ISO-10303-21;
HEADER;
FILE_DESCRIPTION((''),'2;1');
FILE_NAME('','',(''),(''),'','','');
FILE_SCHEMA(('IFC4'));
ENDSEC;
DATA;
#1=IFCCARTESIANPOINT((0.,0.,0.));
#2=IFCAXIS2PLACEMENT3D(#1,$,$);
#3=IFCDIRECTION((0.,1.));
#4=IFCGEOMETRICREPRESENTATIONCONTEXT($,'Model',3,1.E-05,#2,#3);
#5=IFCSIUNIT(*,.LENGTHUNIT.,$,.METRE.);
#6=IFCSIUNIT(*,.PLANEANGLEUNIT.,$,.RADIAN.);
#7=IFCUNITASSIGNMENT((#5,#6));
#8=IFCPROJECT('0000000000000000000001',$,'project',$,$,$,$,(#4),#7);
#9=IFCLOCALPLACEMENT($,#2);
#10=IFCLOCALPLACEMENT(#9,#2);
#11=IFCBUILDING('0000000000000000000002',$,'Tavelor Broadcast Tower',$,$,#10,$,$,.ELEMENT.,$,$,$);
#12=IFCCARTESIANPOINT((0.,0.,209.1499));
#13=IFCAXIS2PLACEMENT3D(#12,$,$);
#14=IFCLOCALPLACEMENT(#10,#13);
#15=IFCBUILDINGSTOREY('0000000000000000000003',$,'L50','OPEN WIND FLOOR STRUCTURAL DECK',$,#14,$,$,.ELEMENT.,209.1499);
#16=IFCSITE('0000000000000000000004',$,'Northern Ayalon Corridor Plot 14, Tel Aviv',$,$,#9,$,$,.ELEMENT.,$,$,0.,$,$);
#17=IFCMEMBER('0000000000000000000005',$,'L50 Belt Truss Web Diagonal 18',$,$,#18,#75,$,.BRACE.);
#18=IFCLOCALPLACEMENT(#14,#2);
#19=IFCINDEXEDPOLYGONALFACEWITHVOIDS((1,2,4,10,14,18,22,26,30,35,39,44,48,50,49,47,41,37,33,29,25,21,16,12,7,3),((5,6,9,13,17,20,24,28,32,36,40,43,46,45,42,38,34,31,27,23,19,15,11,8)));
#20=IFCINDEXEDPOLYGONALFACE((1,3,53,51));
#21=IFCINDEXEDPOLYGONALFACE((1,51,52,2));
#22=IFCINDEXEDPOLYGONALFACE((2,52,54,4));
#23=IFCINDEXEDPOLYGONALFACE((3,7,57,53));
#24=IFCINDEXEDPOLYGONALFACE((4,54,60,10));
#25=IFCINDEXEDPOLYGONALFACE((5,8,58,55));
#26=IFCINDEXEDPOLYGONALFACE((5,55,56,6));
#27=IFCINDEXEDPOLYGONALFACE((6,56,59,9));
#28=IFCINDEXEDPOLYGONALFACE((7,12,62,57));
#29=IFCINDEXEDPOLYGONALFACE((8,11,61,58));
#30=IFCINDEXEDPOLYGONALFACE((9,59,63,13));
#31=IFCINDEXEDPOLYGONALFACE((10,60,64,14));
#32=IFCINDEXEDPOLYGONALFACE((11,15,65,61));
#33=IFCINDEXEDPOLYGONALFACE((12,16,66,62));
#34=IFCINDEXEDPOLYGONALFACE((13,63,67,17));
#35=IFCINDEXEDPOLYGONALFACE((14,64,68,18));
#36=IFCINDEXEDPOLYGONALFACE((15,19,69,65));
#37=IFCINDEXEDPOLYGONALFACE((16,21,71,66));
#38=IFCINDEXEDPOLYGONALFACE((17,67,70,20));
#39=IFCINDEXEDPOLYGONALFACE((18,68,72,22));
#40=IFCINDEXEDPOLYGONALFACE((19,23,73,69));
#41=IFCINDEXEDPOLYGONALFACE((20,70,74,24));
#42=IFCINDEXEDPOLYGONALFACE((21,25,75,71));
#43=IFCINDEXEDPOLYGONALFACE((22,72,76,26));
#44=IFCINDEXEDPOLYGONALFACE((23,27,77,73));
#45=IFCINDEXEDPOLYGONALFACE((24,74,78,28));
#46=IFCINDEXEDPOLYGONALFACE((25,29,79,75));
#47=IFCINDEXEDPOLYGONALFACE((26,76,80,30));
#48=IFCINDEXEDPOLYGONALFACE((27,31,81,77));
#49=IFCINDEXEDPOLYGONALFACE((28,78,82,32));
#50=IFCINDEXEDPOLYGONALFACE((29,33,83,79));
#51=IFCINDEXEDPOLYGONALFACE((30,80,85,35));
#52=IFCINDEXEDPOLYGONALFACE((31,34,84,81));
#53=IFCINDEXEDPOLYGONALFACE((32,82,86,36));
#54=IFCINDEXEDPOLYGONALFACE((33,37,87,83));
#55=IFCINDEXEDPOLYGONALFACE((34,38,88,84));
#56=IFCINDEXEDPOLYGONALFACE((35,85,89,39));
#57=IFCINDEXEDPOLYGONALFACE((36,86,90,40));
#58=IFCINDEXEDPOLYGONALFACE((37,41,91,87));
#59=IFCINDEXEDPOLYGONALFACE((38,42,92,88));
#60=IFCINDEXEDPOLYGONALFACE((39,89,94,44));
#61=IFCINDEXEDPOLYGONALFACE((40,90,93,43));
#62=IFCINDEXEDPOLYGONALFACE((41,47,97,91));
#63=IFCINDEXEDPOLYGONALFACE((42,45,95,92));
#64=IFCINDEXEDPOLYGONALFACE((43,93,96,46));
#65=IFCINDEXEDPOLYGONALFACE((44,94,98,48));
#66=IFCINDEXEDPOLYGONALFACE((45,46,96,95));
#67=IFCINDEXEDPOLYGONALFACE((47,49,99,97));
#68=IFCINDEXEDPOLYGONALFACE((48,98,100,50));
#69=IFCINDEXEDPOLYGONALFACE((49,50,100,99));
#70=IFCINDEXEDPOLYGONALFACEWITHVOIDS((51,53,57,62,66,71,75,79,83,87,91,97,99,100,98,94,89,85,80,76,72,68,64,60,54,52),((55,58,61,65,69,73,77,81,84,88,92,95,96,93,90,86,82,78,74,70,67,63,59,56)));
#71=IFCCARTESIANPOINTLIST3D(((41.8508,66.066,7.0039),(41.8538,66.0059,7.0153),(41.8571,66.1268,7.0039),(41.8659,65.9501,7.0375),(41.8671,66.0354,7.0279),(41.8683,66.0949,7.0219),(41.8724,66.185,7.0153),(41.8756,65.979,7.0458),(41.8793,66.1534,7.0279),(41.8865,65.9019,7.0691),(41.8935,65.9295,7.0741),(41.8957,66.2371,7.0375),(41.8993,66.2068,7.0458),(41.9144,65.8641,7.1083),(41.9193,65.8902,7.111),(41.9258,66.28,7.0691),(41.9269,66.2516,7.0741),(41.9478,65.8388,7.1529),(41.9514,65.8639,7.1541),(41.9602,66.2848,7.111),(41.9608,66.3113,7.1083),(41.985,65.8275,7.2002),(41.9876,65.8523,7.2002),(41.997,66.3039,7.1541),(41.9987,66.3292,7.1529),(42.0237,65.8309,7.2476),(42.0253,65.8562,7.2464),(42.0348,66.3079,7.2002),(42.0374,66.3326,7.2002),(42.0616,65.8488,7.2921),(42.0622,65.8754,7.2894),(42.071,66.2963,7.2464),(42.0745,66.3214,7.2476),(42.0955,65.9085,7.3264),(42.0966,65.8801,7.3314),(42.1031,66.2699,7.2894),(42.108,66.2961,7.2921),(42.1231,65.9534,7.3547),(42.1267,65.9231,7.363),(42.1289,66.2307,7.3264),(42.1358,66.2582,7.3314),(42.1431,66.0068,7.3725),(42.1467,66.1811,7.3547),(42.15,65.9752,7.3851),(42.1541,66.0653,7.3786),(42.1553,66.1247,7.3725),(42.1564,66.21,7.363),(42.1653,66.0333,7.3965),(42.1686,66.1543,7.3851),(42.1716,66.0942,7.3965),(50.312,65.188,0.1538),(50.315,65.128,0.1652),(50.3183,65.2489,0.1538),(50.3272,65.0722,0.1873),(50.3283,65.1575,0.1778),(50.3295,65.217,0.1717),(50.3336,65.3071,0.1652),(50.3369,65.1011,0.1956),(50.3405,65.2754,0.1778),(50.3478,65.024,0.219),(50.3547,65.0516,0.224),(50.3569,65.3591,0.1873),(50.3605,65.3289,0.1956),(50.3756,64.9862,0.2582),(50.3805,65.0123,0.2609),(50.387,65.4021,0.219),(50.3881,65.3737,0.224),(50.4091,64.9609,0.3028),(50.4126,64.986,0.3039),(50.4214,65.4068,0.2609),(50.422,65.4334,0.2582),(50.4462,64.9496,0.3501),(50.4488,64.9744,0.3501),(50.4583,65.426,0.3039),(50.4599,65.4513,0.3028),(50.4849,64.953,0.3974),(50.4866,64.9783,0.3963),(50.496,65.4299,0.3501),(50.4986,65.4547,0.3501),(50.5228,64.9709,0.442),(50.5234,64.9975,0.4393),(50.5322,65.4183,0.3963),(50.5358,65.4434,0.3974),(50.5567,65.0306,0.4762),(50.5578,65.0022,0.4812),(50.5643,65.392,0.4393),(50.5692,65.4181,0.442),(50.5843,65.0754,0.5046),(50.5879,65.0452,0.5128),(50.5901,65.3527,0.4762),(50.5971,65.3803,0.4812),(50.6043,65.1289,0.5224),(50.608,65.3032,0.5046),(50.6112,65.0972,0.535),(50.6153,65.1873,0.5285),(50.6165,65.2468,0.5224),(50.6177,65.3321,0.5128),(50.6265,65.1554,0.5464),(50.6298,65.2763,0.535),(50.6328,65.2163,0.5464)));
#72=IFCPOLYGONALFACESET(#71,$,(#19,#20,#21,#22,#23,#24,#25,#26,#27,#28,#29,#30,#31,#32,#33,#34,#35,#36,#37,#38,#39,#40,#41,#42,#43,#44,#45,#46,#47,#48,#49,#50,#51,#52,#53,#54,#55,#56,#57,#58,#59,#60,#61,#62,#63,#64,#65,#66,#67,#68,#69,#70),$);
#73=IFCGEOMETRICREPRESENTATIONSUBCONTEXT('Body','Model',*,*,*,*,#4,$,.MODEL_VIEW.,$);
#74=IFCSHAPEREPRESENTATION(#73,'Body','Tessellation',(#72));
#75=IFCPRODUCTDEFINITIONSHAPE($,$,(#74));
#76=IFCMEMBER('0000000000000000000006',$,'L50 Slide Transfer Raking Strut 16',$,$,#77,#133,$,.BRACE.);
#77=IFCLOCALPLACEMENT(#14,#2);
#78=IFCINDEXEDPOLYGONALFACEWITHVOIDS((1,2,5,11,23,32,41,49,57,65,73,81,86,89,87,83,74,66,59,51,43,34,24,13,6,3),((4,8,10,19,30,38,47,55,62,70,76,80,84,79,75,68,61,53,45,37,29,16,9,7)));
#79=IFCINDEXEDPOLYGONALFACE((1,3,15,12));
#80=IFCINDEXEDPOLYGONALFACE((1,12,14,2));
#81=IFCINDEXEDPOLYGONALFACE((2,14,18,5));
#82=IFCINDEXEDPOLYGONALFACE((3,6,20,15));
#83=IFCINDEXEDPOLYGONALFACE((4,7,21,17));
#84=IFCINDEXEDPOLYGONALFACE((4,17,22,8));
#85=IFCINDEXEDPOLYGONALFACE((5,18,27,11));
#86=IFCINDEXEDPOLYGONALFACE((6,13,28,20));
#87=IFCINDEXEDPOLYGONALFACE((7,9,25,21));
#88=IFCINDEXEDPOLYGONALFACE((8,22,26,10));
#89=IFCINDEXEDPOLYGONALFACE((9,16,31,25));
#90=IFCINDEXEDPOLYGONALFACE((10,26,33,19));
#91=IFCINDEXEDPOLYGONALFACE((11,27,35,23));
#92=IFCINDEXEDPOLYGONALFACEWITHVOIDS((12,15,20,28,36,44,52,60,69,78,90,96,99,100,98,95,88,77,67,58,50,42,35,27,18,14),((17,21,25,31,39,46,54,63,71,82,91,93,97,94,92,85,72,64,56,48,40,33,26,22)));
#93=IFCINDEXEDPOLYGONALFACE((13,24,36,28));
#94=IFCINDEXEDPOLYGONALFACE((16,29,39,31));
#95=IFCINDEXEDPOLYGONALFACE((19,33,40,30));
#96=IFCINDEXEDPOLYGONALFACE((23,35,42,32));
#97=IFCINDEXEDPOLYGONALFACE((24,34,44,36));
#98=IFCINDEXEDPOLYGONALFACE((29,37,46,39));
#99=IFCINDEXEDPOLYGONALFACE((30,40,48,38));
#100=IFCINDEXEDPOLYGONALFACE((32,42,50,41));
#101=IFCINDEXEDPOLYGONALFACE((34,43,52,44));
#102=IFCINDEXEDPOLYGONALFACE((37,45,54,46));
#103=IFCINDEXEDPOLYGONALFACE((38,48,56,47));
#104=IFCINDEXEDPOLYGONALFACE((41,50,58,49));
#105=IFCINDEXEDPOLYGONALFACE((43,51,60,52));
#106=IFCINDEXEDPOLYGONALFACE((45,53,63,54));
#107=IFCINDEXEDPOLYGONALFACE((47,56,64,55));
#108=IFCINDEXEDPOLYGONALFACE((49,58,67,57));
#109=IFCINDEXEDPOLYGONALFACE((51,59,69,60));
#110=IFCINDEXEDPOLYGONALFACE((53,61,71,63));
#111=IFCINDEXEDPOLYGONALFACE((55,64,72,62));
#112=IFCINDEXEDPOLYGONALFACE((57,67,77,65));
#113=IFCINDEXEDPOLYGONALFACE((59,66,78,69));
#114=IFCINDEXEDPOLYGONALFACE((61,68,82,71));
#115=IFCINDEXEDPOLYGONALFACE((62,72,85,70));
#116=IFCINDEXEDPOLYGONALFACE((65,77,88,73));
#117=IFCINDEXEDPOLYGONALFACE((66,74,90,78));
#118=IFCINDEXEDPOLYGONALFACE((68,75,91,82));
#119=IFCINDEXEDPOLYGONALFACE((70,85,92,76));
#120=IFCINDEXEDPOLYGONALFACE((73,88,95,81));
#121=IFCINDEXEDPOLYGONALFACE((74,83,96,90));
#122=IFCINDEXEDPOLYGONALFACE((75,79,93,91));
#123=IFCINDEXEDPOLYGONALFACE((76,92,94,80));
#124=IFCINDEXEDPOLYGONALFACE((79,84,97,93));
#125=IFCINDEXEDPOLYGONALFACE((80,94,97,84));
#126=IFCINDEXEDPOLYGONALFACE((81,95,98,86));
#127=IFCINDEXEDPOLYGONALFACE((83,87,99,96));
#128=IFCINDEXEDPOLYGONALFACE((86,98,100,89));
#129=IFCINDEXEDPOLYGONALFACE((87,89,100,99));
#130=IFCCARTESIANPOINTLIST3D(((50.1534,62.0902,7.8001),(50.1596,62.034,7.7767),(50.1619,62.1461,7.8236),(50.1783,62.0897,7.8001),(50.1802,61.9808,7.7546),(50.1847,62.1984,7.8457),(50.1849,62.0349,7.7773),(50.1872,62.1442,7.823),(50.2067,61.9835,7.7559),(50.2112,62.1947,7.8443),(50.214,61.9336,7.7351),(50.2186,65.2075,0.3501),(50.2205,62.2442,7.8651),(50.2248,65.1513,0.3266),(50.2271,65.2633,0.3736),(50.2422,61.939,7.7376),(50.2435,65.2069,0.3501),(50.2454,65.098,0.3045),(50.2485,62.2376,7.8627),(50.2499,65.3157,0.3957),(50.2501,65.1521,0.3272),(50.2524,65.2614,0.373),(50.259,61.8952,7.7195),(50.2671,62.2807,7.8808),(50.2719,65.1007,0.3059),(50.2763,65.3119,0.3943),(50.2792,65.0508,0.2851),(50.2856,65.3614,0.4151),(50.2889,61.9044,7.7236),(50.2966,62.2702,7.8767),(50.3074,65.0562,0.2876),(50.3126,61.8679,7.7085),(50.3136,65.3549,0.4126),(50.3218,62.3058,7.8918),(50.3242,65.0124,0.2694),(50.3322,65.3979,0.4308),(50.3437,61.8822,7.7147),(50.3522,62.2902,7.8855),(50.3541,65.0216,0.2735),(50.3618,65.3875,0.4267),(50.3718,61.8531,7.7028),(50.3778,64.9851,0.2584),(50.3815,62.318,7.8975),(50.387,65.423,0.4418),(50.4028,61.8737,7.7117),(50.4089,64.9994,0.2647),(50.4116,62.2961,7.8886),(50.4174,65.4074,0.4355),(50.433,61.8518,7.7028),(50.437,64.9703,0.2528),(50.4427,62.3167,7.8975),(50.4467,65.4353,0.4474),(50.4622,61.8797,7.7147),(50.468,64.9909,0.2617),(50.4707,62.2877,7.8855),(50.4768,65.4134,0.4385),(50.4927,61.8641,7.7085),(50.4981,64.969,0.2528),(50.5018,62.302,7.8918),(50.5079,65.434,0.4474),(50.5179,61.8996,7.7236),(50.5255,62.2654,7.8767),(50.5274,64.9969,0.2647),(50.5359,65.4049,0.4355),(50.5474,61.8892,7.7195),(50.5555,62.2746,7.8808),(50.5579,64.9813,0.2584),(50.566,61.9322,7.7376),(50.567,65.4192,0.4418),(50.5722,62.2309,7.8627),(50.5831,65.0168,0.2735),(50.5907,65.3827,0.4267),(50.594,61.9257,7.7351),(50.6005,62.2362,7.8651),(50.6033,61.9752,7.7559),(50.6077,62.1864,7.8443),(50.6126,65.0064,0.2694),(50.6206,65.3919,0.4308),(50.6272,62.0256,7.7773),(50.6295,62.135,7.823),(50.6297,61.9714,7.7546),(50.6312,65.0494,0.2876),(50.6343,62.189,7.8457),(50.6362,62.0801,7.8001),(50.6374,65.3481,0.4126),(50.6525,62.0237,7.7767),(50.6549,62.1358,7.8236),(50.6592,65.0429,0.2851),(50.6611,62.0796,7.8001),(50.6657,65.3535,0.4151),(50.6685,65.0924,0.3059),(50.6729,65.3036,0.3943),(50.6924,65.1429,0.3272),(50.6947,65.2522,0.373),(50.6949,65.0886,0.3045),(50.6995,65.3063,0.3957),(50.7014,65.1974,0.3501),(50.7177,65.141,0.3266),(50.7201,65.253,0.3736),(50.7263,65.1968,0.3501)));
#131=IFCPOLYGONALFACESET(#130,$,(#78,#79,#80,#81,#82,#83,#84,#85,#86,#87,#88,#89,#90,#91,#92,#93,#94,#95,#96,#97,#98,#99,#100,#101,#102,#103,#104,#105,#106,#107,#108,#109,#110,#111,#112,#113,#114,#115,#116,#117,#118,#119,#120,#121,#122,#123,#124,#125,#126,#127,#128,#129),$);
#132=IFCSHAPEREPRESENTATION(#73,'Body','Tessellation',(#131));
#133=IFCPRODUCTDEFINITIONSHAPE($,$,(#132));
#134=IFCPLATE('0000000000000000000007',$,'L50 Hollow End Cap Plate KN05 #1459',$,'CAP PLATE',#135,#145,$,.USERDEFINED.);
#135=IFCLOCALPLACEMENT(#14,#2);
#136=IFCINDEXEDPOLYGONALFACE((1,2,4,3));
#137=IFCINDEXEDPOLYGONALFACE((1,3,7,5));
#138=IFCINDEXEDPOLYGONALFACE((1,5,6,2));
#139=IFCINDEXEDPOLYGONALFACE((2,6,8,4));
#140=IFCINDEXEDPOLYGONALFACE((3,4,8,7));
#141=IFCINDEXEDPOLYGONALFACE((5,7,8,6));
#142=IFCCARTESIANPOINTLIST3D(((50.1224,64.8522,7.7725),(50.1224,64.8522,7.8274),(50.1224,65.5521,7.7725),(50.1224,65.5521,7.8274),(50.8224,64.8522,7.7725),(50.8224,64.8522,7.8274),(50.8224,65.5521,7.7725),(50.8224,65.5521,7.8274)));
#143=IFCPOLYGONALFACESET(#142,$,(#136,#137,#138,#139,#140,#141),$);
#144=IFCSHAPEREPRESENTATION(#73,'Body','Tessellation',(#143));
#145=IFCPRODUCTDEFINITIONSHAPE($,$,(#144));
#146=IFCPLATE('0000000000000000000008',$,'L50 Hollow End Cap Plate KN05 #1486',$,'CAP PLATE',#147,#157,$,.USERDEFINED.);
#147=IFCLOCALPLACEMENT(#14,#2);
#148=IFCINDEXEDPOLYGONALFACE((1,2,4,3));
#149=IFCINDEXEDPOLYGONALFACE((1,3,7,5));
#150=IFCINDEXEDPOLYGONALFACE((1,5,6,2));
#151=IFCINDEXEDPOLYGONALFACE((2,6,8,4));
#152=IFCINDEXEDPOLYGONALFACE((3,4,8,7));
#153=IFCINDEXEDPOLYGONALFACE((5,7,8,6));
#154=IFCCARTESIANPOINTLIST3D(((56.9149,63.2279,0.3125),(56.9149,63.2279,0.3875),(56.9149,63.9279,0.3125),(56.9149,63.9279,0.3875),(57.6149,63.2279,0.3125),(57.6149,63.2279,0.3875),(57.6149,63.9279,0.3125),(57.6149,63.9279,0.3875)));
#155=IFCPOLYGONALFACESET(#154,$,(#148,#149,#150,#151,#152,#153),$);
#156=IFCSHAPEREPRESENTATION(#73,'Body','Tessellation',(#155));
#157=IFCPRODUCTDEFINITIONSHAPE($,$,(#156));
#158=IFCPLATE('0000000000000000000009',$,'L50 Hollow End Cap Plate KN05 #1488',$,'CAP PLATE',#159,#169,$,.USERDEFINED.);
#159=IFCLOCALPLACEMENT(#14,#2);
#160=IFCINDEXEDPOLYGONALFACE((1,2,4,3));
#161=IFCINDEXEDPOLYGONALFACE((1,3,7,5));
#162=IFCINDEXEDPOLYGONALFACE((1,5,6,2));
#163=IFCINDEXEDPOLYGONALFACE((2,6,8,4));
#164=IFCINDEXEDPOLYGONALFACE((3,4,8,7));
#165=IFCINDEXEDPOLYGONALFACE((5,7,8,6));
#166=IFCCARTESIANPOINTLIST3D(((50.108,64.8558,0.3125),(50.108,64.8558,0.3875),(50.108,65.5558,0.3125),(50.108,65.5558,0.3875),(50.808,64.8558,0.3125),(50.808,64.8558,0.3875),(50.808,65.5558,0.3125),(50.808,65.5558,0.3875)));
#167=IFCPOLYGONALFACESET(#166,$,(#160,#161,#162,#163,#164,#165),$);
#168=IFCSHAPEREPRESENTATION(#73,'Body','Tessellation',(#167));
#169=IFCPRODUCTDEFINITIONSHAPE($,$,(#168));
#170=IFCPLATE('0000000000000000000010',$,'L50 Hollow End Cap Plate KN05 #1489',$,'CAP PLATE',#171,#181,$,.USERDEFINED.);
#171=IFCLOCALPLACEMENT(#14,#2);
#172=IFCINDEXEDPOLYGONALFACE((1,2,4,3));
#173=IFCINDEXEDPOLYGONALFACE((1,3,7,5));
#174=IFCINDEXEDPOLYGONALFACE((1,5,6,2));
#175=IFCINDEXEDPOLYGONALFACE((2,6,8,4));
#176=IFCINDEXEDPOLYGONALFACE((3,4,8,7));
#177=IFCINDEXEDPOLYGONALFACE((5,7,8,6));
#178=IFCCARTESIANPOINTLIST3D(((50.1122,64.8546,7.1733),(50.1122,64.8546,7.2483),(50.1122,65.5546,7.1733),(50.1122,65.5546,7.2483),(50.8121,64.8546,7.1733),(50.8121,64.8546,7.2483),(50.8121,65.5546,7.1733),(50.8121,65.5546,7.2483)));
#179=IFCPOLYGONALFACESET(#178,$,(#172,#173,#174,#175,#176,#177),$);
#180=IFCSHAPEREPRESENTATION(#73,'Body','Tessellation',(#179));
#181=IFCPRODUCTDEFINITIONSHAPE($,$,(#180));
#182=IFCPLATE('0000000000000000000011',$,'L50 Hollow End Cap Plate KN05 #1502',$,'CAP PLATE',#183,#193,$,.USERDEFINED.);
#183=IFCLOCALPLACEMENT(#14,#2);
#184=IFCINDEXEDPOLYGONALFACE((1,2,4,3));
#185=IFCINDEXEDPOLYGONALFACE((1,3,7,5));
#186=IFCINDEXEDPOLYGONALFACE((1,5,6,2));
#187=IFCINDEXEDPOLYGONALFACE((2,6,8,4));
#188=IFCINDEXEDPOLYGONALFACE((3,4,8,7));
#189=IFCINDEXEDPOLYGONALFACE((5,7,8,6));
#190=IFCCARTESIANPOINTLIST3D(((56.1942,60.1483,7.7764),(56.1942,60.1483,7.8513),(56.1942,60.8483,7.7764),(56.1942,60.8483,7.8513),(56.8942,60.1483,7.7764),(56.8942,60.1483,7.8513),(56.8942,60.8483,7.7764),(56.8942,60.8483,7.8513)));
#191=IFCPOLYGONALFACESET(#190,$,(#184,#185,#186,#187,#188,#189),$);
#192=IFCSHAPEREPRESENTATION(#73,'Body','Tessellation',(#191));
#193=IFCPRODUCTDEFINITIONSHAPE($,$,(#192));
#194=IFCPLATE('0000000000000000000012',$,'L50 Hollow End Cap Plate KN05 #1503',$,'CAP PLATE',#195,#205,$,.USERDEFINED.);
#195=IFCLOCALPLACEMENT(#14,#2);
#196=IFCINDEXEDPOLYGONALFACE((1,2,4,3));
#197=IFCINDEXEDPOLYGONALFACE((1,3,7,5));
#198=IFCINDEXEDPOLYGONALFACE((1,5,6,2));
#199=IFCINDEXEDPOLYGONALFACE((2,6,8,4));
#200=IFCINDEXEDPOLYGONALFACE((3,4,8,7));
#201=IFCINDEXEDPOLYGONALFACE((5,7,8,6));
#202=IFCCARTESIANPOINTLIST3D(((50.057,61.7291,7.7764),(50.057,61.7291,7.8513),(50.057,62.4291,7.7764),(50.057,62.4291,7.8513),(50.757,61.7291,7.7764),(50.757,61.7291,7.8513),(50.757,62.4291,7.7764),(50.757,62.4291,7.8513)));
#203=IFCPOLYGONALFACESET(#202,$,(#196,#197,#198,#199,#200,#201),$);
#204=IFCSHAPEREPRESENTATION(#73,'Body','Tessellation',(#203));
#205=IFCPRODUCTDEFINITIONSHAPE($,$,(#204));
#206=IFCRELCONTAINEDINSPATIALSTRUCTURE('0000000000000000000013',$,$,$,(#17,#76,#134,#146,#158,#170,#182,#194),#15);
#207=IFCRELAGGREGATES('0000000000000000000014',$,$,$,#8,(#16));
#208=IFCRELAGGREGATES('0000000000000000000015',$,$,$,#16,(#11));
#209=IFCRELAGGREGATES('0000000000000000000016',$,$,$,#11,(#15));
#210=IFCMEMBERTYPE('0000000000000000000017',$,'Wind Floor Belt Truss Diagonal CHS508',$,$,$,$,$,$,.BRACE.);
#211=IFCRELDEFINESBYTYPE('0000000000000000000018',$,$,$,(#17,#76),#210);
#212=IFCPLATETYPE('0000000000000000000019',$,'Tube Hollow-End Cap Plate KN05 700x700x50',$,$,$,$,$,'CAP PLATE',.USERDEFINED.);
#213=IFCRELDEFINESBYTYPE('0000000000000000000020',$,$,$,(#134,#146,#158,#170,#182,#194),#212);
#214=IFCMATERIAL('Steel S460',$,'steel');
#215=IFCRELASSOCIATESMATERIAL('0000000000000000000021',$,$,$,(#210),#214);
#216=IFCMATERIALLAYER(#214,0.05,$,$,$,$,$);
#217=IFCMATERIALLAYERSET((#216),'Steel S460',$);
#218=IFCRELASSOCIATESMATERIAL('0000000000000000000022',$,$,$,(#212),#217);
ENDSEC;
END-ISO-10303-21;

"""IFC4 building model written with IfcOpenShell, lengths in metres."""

from ifc_helpers import new_model, si_unit, direction, frame, origin, origin_2d, place, context, subcontext, project, spatial, rectangle, hollow_circle, extrude, source, transform, mapped, material, layer, layer_set, material_profile, profile_set, type_object, type_shapes, element, save


model = new_model("IFC4")

# Units and contexts
model_context = context("Model", 3, precision=1e-05, world=origin(), true_north=direction((0.0, 1.0)))
body_context = subcontext(model_context, "Body", "Model", "MODEL_VIEW")
ifc_project = project(units=[si_unit("LENGTHUNIT", "METRE"), si_unit("PLANEANGLEUNIT", "RADIAN")], contexts=[model_context])

# Site, building, storey
site_placement = place(None, origin())
site = spatial("IfcSite", under=ifc_project, at=site_placement, Name="Northern Ayalon Corridor Plot 14, Tel Aviv", CompositionType="ELEMENT", RefElevation=0.0)
building_placement = place(site_placement, origin())
building = spatial("IfcBuilding", under=site, at=building_placement, Name="Tavelor Broadcast Tower", CompositionType="ELEMENT")
storey_placement = place(building_placement, frame((0.0, 0.0, 209.1499)))
storey = spatial("IfcBuildingStorey", under=building, at=storey_placement, Name="L50", Description="OPEN WIND FLOOR STRUCTURAL DECK", CompositionType="ELEMENT", Elevation=209.1499)

# Shared definitions
ifc_material_1 = material(Name="Steel S460", Category="steel")

# Members
ifc_material_profile_1 = material_profile(ifc_material_1, hollow_circle(Radius=0.2539, WallThickness=0.0249, at=origin_2d()), Name="CHS 508x25")
ifc_profile_set_1 = profile_set([ifc_material_profile_1], Name="Steel S460")
member_type_1 = type_object("IfcMemberType", Name="Wind Floor Belt Truss Diagonal CHS508", PredefinedType="BRACE", material=ifc_profile_set_1)
member_1_placement = place(storey_placement, frame((50.4724, 65.2021, 0.3501), z_axis=(-0.774704, 0.080383, 0.627194), x_axis=(-0.103206, -0.99466, 0.0)))
element("IfcMember", 1, at=member_1_placement, inside=storey, type_object=member_type_1, Name="L50 Belt Truss Web Diagonal 18", PredefinedType="BRACE", context=body_context, shape_type="SweptSolid", body=[
    extrude(hollow_circle(Radius=0.2539, WallThickness=0.0249, at=origin_2d()), origin(), (0.0, 0.0, 1.0), 10.9219),
])
member_2_placement = place(storey_placement, frame((50.4724, 65.2021, 0.3501), z_axis=(-0.008071, -0.385978, 0.922473), x_axis=(0.999781, -0.020907, 0.0)))
element("IfcMember", 2, at=member_2_placement, inside=storey, type_object=member_type_1, Name="L50 Slide Transfer Raking Strut 16", PredefinedType="BRACE", context=body_context, shape_type="SweptSolid", body=[
    extrude(hollow_circle(Radius=0.2539, WallThickness=0.0249, at=origin_2d()), origin(), (0.0, 0.0, 1.0), 8.0762),
])

# Plates
ifc_layer_1 = layer(ifc_material_1, 0.05)
ifc_layer_set_1 = layer_set([ifc_layer_1], Name="Steel S460")
plate_type_1 = type_object("IfcPlateType", Name="Tube Hollow-End Cap Plate KN05 700x700x50", ElementType="CAP PLATE", PredefinedType="USERDEFINED", material=ifc_layer_set_1)
shared_shape_1 = source(origin(), body_context, "Body", "SweptSolid", [
    extrude(rectangle(XDim=0.7, YDim=0.7, at=origin_2d()), origin(), (0.0, 0.0, 1.0), 0.0549),
])
plate_1_placement = place(storey_placement, frame((50.4724, 65.2021, 7.7725), z_axis=(0.0, 0.0, 1.0), x_axis=(1.0, 0.0, 0.0)))
element("IfcPlate", 3, at=plate_1_placement, inside=storey, type_object=plate_type_1, Name="L50 Hollow End Cap Plate KN05 #1459", ObjectType="CAP PLATE", PredefinedType="USERDEFINED", context=body_context, shape_type="MappedRepresentation", body=[
    mapped(shared_shape_1, transform((0.0, 0.0, 0.0), scale=1.0)),
])
shared_shape_2 = source(origin(), body_context, "Body", "SweptSolid", [
    extrude(rectangle(XDim=0.7, YDim=0.7, at=origin_2d()), origin(), (0.0, 0.0, 1.0), 0.075),
])
type_shapes(plate_type_1, [shared_shape_1, shared_shape_2])
for number, where, z_axis, x_axis, name in (
    (4, (57.2649, 63.5779, 0.3125), (0.0, 0.0, 1.0), (1.0, 0.0, 0.0), "L50 Hollow End Cap Plate KN05 #1486"),
    (5, (50.458, 65.2058, 0.3125), (0.0, 0.0, 1.0), (1.0, 0.0, 0.0), "L50 Hollow End Cap Plate KN05 #1488"),
    (6, (50.4622, 65.2046, 7.1733), (0.0, 0.0, 1.0), (1.0, 0.0, 0.0), "L50 Hollow End Cap Plate KN05 #1489"),
    (7, (56.5442, 60.4983, 7.7764), (0.0, 0.0, 1.0), (1.0, 0.0, 0.0), "L50 Hollow End Cap Plate KN05 #1502"),
    (8, (50.407, 62.0791, 7.7764), (0.0, 0.0, 1.0), (1.0, 0.0, 0.0), "L50 Hollow End Cap Plate KN05 #1503"),
):
    element("IfcPlate", number, at=place(storey_placement, frame(where, z_axis=z_axis, x_axis=x_axis)), inside=storey, type_object=plate_type_1, Name=name, ObjectType="CAP PLATE", PredefinedType="USERDEFINED", context=body_context, shape_type="MappedRepresentation", body=[
        mapped(shared_shape_2, transform((0.0, 0.0, 0.0), scale=1.0)),
    ])

save(model, "model.ifc")
